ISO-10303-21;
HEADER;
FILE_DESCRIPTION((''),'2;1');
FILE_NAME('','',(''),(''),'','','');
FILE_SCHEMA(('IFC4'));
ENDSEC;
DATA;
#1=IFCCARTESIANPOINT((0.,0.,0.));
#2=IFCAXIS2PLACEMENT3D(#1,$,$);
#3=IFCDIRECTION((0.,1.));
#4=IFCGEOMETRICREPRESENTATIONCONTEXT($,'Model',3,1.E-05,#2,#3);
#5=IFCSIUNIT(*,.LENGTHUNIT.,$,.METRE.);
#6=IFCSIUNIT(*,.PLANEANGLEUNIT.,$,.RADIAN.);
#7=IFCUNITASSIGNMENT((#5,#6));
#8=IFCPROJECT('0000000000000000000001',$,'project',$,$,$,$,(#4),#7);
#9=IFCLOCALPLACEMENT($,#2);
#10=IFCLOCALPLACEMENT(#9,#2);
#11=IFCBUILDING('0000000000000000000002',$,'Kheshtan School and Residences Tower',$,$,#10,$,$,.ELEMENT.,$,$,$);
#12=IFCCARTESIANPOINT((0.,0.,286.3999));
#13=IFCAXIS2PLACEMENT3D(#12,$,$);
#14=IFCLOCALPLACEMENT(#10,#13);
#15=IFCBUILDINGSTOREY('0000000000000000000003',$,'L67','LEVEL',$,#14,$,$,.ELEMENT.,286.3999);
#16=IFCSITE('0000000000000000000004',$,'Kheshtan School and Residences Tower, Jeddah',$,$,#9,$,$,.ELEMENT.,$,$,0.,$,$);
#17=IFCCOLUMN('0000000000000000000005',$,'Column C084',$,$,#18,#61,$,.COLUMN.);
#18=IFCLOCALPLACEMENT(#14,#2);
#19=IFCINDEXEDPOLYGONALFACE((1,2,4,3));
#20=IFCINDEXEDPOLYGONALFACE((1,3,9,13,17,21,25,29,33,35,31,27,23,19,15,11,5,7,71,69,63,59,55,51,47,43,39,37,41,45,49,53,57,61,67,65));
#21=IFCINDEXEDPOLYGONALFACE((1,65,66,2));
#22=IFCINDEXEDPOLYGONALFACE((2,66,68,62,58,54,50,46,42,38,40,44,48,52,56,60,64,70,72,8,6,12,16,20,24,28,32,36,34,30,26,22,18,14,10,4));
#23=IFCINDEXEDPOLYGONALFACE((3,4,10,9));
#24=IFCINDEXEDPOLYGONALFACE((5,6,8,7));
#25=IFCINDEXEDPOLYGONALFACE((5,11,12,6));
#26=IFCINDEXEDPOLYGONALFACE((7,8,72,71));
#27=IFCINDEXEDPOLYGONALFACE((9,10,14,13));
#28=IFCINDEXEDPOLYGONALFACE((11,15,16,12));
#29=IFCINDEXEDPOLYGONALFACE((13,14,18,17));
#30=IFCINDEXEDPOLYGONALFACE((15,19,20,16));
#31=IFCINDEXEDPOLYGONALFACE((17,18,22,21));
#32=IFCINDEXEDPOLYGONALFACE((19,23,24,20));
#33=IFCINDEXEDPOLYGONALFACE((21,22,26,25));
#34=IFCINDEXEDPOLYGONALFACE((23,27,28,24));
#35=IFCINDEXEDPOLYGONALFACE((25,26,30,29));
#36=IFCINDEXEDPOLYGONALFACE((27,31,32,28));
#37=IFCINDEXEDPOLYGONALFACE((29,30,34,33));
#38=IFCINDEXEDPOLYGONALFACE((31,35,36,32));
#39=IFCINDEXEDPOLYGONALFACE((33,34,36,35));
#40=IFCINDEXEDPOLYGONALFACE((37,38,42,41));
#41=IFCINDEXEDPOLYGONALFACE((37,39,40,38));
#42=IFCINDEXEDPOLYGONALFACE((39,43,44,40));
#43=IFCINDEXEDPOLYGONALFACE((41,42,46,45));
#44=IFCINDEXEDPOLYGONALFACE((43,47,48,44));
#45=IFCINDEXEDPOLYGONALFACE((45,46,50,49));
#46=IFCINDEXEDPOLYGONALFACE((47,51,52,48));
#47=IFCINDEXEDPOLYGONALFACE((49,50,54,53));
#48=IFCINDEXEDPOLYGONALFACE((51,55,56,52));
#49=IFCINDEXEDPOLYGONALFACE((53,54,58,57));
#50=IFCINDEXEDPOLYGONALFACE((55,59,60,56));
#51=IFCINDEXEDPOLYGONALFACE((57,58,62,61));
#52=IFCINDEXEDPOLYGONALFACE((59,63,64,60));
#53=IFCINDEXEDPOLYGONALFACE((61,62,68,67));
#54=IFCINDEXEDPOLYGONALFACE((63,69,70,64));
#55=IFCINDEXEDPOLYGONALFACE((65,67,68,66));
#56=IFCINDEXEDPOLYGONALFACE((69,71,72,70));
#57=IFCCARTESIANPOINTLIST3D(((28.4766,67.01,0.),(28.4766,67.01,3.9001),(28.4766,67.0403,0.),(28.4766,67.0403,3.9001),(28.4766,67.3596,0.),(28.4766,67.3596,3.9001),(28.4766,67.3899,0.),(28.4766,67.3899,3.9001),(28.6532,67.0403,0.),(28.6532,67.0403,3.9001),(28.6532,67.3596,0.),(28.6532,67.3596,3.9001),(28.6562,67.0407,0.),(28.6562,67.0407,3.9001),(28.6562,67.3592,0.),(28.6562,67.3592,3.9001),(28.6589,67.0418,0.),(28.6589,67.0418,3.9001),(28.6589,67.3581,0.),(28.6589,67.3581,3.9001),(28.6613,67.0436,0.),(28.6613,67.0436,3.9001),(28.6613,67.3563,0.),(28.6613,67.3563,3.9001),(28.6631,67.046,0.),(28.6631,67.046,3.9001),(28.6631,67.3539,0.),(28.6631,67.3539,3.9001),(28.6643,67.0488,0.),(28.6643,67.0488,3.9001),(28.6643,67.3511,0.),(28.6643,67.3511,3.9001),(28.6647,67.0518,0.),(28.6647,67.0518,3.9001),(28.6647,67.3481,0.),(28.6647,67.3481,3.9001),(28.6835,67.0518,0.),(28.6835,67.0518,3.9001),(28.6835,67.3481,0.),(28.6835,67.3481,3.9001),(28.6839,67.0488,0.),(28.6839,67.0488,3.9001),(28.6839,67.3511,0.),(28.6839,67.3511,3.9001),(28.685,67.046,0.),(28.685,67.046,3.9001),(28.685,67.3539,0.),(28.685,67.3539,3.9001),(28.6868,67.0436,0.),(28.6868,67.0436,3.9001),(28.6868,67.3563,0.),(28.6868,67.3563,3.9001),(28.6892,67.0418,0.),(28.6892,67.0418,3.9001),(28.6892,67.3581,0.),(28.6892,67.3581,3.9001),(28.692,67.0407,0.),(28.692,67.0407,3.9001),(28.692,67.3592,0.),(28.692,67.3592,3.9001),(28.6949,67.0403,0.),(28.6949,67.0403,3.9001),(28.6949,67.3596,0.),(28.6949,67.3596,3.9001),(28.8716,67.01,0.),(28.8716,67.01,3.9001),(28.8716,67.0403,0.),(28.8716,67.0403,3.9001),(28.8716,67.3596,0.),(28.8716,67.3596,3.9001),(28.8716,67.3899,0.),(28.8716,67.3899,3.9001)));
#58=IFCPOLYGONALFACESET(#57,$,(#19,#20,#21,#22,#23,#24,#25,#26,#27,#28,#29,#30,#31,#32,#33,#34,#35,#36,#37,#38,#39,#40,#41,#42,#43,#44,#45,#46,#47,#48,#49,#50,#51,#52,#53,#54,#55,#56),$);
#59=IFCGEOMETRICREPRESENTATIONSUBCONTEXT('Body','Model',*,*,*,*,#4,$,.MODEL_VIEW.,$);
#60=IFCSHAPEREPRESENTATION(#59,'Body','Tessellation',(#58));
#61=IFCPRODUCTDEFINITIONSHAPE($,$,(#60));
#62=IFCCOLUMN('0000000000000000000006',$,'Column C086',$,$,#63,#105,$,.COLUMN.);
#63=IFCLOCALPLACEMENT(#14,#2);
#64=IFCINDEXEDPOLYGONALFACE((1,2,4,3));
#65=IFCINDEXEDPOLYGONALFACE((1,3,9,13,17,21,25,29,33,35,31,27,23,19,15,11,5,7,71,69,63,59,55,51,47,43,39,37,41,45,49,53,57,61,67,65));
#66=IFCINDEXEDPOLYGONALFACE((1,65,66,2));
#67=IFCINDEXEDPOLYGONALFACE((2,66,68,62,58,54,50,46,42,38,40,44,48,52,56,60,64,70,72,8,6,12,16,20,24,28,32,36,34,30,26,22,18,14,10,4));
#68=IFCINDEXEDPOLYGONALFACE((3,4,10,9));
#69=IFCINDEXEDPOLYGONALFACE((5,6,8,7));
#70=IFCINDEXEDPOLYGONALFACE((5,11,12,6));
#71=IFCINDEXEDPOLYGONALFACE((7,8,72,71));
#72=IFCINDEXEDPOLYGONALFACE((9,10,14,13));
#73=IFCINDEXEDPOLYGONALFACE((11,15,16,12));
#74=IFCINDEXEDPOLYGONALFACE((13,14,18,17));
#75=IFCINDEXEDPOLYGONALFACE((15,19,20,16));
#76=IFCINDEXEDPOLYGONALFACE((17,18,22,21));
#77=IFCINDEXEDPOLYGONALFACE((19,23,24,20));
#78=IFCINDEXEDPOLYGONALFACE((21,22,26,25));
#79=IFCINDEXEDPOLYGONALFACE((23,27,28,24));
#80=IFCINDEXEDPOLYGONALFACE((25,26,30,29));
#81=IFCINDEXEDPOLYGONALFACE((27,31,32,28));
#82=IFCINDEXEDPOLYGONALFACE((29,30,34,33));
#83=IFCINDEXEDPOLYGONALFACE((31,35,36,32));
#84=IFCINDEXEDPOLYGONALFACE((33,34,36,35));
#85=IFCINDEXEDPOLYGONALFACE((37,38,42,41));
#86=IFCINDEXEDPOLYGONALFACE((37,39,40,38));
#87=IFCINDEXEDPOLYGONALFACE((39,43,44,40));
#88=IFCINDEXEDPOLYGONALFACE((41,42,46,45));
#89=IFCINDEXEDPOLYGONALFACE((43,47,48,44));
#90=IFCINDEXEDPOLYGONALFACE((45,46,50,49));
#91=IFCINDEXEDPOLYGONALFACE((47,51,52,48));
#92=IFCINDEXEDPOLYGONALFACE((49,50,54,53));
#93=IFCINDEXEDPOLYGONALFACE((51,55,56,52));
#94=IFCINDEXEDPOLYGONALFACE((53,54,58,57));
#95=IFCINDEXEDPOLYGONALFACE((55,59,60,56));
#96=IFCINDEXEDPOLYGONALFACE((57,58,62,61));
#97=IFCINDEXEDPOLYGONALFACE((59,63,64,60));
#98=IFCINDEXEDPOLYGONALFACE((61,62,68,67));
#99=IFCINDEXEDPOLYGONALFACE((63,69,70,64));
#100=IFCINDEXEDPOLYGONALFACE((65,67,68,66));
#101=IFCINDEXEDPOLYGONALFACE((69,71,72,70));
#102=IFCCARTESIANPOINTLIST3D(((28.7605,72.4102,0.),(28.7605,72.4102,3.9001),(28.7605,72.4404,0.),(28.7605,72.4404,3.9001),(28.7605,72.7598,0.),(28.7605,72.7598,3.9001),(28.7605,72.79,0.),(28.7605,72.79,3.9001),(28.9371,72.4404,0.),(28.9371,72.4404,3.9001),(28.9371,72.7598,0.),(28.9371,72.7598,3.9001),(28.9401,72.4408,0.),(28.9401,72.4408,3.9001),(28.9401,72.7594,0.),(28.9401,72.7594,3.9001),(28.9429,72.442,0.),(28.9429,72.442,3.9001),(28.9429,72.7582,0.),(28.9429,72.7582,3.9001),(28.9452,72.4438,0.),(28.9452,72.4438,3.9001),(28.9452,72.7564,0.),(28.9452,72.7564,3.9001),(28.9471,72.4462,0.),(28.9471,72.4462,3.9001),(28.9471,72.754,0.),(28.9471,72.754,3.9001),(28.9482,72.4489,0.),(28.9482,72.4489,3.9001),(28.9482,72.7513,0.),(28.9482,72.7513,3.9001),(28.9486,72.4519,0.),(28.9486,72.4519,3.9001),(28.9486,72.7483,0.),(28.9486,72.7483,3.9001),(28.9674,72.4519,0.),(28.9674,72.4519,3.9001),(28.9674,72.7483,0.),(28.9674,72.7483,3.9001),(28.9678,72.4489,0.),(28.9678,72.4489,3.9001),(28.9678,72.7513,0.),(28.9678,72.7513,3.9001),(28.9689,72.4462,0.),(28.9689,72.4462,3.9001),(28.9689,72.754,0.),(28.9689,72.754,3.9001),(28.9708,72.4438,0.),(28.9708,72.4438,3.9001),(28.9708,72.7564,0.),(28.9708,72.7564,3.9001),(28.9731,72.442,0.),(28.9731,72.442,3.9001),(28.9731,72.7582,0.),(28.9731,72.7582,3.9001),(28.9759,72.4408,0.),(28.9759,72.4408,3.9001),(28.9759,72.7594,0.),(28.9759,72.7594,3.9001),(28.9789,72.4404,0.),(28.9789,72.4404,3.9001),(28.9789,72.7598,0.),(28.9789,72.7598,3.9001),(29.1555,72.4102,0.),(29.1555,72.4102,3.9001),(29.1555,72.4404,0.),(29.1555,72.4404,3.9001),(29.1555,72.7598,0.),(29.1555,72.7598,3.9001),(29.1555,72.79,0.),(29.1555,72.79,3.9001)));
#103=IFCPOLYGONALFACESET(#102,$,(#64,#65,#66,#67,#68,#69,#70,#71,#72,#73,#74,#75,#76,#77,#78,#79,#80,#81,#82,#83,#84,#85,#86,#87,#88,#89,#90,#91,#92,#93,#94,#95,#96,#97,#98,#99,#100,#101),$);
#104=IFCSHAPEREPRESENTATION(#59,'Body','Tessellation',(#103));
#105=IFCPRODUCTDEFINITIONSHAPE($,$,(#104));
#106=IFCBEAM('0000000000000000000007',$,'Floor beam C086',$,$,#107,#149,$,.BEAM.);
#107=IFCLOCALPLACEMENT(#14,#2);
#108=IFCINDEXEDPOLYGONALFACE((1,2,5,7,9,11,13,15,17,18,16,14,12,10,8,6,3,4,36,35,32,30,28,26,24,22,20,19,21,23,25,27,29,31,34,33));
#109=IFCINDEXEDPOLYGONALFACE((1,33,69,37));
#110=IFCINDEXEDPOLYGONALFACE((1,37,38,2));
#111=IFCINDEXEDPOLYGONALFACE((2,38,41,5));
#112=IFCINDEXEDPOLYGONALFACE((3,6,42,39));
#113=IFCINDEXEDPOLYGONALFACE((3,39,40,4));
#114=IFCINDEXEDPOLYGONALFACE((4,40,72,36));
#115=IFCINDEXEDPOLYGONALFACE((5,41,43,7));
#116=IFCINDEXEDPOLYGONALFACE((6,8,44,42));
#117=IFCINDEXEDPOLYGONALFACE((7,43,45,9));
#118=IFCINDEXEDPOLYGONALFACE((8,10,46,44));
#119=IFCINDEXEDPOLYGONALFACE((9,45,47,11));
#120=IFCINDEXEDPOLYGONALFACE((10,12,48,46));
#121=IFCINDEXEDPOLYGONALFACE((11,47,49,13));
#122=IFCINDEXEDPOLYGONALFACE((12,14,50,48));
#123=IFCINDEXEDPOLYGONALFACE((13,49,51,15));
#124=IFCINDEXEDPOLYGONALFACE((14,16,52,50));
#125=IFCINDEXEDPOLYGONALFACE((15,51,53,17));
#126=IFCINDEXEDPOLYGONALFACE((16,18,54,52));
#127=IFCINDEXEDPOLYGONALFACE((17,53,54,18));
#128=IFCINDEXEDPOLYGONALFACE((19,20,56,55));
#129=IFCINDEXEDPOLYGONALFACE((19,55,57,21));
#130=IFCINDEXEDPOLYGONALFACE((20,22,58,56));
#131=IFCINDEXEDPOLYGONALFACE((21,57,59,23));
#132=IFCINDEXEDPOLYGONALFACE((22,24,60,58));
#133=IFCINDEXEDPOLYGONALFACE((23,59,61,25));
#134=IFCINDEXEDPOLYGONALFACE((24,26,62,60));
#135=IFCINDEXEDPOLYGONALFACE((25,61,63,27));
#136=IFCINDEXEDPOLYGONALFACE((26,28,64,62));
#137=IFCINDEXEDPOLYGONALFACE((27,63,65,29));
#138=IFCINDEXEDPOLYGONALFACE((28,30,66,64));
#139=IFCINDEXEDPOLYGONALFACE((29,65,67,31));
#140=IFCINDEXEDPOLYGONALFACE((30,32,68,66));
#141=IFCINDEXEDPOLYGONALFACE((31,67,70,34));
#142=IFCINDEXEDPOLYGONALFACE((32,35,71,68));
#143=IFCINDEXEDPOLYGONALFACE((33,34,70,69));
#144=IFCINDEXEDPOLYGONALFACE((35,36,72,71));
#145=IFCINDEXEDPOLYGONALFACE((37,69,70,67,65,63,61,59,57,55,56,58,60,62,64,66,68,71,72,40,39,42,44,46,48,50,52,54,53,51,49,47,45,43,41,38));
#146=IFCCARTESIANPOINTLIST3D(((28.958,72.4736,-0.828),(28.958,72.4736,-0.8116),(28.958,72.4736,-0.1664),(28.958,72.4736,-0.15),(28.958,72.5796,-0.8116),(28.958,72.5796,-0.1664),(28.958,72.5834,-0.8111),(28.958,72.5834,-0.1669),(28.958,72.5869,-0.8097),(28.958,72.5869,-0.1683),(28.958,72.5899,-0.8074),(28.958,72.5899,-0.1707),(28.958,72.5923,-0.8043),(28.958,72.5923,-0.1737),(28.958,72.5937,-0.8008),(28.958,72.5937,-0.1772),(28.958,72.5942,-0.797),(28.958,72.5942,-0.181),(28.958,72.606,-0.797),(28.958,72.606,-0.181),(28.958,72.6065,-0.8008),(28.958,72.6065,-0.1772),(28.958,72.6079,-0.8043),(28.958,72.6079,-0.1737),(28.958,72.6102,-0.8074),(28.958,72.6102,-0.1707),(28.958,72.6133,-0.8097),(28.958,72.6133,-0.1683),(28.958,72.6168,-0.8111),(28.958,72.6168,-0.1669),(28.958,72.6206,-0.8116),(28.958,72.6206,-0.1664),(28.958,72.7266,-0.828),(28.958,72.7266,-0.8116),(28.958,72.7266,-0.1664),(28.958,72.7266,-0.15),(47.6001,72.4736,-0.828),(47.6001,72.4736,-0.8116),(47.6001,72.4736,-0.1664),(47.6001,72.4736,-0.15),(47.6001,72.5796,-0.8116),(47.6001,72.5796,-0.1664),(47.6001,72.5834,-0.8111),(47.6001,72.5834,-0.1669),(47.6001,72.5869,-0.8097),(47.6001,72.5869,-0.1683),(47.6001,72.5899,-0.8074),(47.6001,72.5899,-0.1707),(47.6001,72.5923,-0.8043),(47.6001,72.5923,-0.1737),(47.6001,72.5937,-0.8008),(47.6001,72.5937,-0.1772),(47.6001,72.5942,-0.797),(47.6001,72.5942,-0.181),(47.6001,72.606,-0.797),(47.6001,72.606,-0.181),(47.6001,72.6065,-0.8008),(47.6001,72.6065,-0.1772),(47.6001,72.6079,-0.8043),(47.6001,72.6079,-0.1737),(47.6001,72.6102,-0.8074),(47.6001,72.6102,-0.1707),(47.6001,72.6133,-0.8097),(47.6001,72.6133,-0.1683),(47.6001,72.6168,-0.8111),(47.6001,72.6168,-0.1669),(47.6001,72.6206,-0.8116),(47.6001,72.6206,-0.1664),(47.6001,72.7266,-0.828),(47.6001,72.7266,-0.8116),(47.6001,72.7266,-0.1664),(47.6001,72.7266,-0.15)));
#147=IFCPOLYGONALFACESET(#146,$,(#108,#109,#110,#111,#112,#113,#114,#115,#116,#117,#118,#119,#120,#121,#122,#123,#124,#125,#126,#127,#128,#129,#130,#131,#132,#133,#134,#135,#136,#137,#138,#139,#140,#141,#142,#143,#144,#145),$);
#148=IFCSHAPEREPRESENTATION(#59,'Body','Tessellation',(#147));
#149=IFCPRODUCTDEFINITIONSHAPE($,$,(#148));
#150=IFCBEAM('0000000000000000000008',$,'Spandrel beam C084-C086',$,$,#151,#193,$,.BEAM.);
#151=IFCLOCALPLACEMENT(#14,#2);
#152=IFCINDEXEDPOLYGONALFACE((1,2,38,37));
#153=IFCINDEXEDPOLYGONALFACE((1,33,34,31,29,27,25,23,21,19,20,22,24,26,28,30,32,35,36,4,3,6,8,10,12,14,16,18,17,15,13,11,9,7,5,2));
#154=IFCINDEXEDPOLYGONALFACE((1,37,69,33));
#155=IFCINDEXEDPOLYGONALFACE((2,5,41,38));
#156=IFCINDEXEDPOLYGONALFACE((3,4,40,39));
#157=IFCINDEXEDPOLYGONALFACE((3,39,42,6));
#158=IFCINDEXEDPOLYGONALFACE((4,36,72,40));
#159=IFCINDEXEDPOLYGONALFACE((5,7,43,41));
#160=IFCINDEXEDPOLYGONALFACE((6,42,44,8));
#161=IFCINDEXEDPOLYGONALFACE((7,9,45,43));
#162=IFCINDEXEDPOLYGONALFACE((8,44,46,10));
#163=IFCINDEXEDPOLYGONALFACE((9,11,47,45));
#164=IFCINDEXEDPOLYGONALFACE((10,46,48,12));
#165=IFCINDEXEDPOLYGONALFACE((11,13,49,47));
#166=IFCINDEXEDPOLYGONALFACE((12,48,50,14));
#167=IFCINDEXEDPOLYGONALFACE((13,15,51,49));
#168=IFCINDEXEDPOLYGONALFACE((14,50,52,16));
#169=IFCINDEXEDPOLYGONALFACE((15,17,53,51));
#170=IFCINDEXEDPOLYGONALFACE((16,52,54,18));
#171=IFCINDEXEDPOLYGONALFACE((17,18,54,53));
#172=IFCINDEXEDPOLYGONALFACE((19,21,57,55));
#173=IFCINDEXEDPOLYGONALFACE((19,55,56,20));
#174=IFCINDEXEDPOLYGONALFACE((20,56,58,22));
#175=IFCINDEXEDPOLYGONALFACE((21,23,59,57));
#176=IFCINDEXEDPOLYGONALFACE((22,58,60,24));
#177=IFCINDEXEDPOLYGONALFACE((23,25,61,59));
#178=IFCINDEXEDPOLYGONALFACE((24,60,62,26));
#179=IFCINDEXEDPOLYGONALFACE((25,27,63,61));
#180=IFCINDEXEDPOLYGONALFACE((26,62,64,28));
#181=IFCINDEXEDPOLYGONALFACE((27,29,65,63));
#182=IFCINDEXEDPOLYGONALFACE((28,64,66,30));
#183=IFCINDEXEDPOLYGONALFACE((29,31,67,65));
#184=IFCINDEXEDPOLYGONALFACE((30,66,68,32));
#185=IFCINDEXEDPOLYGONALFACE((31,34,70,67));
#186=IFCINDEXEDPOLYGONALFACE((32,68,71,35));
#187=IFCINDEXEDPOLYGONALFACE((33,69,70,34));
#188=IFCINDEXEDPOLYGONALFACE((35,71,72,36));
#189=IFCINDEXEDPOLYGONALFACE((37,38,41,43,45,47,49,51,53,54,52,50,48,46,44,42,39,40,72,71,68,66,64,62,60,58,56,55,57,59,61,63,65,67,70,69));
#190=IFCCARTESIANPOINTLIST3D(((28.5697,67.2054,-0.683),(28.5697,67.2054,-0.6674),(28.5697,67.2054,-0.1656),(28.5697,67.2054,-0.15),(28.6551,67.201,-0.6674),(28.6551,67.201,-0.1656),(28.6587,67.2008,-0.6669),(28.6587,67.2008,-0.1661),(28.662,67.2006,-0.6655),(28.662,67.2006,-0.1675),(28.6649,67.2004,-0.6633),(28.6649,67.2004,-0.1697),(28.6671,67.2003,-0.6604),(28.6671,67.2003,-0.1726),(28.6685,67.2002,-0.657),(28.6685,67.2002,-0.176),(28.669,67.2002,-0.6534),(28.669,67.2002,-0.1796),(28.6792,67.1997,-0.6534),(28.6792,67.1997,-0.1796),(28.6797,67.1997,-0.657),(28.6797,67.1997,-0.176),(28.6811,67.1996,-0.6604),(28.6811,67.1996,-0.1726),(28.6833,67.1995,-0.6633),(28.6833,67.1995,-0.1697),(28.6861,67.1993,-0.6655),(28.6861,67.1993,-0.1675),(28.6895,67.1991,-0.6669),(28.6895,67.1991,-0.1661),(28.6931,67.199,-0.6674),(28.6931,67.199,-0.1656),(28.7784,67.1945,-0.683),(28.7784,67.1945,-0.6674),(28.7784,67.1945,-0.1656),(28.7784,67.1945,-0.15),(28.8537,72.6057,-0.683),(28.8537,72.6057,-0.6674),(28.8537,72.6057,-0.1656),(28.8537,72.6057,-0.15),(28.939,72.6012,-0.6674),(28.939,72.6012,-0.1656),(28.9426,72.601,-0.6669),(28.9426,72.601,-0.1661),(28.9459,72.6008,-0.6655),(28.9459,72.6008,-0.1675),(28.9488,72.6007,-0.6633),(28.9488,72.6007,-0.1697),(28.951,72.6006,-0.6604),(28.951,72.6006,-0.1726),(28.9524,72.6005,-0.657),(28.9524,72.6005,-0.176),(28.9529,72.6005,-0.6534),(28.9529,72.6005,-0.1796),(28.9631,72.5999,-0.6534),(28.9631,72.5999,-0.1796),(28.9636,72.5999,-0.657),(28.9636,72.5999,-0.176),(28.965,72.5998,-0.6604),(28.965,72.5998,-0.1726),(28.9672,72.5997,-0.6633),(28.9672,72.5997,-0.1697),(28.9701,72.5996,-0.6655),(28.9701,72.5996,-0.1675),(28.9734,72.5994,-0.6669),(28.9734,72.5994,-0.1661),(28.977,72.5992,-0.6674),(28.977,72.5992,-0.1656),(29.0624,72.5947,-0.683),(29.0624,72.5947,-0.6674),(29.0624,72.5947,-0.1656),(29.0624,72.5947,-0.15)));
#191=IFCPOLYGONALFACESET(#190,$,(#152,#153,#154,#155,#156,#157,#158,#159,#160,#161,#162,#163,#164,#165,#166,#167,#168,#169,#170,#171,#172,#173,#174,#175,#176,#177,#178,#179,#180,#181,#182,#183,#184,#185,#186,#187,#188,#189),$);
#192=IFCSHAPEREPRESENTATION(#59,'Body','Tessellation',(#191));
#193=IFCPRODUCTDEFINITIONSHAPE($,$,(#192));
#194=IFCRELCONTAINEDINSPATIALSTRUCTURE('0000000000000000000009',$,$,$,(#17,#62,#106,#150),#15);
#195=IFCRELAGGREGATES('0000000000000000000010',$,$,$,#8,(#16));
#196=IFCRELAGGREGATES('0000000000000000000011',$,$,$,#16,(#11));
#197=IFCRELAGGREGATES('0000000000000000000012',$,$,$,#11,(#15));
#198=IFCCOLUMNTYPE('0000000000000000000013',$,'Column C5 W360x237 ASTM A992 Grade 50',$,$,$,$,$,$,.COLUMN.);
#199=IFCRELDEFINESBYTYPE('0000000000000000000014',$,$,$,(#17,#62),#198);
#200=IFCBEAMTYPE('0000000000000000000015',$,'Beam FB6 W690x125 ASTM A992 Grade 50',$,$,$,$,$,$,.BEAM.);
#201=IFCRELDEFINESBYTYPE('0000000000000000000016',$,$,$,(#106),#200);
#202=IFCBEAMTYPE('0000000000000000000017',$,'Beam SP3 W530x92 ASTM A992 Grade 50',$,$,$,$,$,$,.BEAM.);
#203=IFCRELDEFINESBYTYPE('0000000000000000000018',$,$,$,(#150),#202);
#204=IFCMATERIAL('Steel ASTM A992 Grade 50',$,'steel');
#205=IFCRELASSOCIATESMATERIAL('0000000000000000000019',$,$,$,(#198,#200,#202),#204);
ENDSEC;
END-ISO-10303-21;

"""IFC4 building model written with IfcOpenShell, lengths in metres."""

from ifc_helpers import new_model, si_unit, direction, frame, origin, origin_2d, place, context, subcontext, project, spatial, i_section, extrude, material, material_profile, profile_set, type_object, element, save


model = new_model("IFC4")

# Units and contexts
model_context = context("Model", 3, precision=1e-05, world=origin(), true_north=direction((0.0, 1.0)))
body_context = subcontext(model_context, "Body", "Model", "MODEL_VIEW")
ifc_project = project(units=[si_unit("LENGTHUNIT", "METRE"), si_unit("PLANEANGLEUNIT", "RADIAN")], contexts=[model_context])

# Site, building, storey
site_placement = place(None, origin())
site = spatial("IfcSite", under=ifc_project, at=site_placement, Name="Kheshtan School and Residences Tower, Jeddah", CompositionType="ELEMENT", RefElevation=0.0)
building_placement = place(site_placement, origin())
building = spatial("IfcBuilding", under=site, at=building_placement, Name="Kheshtan School and Residences Tower", CompositionType="ELEMENT")
storey_placement = place(building_placement, frame((0.0, 0.0, 286.3999)))
storey = spatial("IfcBuildingStorey", under=building, at=storey_placement, Name="L67", Description="LEVEL", CompositionType="ELEMENT", Elevation=286.3999)

# Columns
ifc_material_1 = material(Name="Steel ASTM A992 Grade 50", Category="steel")
ifc_material_profile_1 = material_profile(ifc_material_1, i_section(OverallWidth=0.395, OverallDepth=0.3799, WebThickness=0.0188, FlangeThickness=0.0303, FilletRadius=0.0115, at=origin_2d()), Name="W360x237")
ifc_profile_set_1 = profile_set([ifc_material_profile_1], Name="Steel ASTM A992 Grade 50")
column_type = type_object("IfcColumnType", Name="Column C5 W360x237 ASTM A992 Grade 50", PredefinedType="COLUMN", material=ifc_profile_set_1)
for number, where, z_axis, x_axis, name in (
    (1, (28.6741, 67.2, 0.0), (0.0, 0.0, 1.0), (1.0, 0.0, 0.0), "Column C084"),
    (2, (28.958, 72.6001, 0.0), (0.0, 0.0, 1.0), (1.0, 0.0, 0.0), "Column C086"),
):
    element("IfcColumn", number, at=place(storey_placement, frame(where, z_axis=z_axis, x_axis=x_axis)), inside=storey, type_object=column_type, Name=name, PredefinedType="COLUMN", context=body_context, shape_type="SweptSolid", body=[
        extrude(i_section(OverallWidth=0.395, OverallDepth=0.3799, WebThickness=0.0188, FlangeThickness=0.0303, FilletRadius=0.0115, at=origin_2d()), origin(), (0.0, 0.0, 1.0), 3.9001),
    ])

# Beams
ifc_material_profile_2 = material_profile(ifc_material_1, i_section(OverallWidth=0.2529, OverallDepth=0.678, WebThickness=0.0117, FlangeThickness=0.0164, FilletRadius=0.0146, at=origin_2d()), Name="W690x125")
ifc_profile_set_2 = profile_set([ifc_material_profile_2], Name="Steel ASTM A992 Grade 50")
beam_type_1 = type_object("IfcBeamType", Name="Beam FB6 W690x125 ASTM A992 Grade 50", PredefinedType="BEAM", material=ifc_profile_set_2)
beam_1_placement = place(storey_placement, frame((28.958, 72.6001, -0.489), z_axis=(1.0, 0.0, 0.0), x_axis=(0.0, 1.0, 0.0)))
element("IfcBeam", 3, at=beam_1_placement, inside=storey, type_object=beam_type_1, Name="Floor beam C086", PredefinedType="BEAM", context=body_context, shape_type="SweptSolid", body=[
    extrude(i_section(OverallWidth=0.2529, OverallDepth=0.678, WebThickness=0.0117, FlangeThickness=0.0164, FilletRadius=0.0146, at=origin_2d()), origin(), (0.0, 0.0, 1.0), 18.6421),
])
ifc_material_profile_3 = material_profile(ifc_material_1, i_section(OverallWidth=0.209, OverallDepth=0.533, WebThickness=0.0103, FlangeThickness=0.0156, FilletRadius=0.0139, at=origin_2d()), Name="W530x92")
ifc_profile_set_3 = profile_set([ifc_material_profile_3], Name="Steel ASTM A992 Grade 50")
beam_type_2 = type_object("IfcBeamType", Name="Beam SP3 W530x92 ASTM A992 Grade 50", PredefinedType="BEAM", material=ifc_profile_set_3)
beam_2_placement = place(storey_placement, frame((28.6741, 67.2, -0.4165), z_axis=(0.052507, 0.998621, 0.0), x_axis=(-0.998621, 0.052507, 0.0)))
element("IfcBeam", 4, at=beam_2_placement, inside=storey, type_object=beam_type_2, Name="Spandrel beam C084-C086", PredefinedType="BEAM", context=body_context, shape_type="SweptSolid", body=[
    extrude(i_section(OverallWidth=0.209, OverallDepth=0.533, WebThickness=0.0103, FlangeThickness=0.0156, FilletRadius=0.0139, at=origin_2d()), origin(), (0.0, 0.0, 1.0), 5.4077),
])

save(model, "model.ifc")
